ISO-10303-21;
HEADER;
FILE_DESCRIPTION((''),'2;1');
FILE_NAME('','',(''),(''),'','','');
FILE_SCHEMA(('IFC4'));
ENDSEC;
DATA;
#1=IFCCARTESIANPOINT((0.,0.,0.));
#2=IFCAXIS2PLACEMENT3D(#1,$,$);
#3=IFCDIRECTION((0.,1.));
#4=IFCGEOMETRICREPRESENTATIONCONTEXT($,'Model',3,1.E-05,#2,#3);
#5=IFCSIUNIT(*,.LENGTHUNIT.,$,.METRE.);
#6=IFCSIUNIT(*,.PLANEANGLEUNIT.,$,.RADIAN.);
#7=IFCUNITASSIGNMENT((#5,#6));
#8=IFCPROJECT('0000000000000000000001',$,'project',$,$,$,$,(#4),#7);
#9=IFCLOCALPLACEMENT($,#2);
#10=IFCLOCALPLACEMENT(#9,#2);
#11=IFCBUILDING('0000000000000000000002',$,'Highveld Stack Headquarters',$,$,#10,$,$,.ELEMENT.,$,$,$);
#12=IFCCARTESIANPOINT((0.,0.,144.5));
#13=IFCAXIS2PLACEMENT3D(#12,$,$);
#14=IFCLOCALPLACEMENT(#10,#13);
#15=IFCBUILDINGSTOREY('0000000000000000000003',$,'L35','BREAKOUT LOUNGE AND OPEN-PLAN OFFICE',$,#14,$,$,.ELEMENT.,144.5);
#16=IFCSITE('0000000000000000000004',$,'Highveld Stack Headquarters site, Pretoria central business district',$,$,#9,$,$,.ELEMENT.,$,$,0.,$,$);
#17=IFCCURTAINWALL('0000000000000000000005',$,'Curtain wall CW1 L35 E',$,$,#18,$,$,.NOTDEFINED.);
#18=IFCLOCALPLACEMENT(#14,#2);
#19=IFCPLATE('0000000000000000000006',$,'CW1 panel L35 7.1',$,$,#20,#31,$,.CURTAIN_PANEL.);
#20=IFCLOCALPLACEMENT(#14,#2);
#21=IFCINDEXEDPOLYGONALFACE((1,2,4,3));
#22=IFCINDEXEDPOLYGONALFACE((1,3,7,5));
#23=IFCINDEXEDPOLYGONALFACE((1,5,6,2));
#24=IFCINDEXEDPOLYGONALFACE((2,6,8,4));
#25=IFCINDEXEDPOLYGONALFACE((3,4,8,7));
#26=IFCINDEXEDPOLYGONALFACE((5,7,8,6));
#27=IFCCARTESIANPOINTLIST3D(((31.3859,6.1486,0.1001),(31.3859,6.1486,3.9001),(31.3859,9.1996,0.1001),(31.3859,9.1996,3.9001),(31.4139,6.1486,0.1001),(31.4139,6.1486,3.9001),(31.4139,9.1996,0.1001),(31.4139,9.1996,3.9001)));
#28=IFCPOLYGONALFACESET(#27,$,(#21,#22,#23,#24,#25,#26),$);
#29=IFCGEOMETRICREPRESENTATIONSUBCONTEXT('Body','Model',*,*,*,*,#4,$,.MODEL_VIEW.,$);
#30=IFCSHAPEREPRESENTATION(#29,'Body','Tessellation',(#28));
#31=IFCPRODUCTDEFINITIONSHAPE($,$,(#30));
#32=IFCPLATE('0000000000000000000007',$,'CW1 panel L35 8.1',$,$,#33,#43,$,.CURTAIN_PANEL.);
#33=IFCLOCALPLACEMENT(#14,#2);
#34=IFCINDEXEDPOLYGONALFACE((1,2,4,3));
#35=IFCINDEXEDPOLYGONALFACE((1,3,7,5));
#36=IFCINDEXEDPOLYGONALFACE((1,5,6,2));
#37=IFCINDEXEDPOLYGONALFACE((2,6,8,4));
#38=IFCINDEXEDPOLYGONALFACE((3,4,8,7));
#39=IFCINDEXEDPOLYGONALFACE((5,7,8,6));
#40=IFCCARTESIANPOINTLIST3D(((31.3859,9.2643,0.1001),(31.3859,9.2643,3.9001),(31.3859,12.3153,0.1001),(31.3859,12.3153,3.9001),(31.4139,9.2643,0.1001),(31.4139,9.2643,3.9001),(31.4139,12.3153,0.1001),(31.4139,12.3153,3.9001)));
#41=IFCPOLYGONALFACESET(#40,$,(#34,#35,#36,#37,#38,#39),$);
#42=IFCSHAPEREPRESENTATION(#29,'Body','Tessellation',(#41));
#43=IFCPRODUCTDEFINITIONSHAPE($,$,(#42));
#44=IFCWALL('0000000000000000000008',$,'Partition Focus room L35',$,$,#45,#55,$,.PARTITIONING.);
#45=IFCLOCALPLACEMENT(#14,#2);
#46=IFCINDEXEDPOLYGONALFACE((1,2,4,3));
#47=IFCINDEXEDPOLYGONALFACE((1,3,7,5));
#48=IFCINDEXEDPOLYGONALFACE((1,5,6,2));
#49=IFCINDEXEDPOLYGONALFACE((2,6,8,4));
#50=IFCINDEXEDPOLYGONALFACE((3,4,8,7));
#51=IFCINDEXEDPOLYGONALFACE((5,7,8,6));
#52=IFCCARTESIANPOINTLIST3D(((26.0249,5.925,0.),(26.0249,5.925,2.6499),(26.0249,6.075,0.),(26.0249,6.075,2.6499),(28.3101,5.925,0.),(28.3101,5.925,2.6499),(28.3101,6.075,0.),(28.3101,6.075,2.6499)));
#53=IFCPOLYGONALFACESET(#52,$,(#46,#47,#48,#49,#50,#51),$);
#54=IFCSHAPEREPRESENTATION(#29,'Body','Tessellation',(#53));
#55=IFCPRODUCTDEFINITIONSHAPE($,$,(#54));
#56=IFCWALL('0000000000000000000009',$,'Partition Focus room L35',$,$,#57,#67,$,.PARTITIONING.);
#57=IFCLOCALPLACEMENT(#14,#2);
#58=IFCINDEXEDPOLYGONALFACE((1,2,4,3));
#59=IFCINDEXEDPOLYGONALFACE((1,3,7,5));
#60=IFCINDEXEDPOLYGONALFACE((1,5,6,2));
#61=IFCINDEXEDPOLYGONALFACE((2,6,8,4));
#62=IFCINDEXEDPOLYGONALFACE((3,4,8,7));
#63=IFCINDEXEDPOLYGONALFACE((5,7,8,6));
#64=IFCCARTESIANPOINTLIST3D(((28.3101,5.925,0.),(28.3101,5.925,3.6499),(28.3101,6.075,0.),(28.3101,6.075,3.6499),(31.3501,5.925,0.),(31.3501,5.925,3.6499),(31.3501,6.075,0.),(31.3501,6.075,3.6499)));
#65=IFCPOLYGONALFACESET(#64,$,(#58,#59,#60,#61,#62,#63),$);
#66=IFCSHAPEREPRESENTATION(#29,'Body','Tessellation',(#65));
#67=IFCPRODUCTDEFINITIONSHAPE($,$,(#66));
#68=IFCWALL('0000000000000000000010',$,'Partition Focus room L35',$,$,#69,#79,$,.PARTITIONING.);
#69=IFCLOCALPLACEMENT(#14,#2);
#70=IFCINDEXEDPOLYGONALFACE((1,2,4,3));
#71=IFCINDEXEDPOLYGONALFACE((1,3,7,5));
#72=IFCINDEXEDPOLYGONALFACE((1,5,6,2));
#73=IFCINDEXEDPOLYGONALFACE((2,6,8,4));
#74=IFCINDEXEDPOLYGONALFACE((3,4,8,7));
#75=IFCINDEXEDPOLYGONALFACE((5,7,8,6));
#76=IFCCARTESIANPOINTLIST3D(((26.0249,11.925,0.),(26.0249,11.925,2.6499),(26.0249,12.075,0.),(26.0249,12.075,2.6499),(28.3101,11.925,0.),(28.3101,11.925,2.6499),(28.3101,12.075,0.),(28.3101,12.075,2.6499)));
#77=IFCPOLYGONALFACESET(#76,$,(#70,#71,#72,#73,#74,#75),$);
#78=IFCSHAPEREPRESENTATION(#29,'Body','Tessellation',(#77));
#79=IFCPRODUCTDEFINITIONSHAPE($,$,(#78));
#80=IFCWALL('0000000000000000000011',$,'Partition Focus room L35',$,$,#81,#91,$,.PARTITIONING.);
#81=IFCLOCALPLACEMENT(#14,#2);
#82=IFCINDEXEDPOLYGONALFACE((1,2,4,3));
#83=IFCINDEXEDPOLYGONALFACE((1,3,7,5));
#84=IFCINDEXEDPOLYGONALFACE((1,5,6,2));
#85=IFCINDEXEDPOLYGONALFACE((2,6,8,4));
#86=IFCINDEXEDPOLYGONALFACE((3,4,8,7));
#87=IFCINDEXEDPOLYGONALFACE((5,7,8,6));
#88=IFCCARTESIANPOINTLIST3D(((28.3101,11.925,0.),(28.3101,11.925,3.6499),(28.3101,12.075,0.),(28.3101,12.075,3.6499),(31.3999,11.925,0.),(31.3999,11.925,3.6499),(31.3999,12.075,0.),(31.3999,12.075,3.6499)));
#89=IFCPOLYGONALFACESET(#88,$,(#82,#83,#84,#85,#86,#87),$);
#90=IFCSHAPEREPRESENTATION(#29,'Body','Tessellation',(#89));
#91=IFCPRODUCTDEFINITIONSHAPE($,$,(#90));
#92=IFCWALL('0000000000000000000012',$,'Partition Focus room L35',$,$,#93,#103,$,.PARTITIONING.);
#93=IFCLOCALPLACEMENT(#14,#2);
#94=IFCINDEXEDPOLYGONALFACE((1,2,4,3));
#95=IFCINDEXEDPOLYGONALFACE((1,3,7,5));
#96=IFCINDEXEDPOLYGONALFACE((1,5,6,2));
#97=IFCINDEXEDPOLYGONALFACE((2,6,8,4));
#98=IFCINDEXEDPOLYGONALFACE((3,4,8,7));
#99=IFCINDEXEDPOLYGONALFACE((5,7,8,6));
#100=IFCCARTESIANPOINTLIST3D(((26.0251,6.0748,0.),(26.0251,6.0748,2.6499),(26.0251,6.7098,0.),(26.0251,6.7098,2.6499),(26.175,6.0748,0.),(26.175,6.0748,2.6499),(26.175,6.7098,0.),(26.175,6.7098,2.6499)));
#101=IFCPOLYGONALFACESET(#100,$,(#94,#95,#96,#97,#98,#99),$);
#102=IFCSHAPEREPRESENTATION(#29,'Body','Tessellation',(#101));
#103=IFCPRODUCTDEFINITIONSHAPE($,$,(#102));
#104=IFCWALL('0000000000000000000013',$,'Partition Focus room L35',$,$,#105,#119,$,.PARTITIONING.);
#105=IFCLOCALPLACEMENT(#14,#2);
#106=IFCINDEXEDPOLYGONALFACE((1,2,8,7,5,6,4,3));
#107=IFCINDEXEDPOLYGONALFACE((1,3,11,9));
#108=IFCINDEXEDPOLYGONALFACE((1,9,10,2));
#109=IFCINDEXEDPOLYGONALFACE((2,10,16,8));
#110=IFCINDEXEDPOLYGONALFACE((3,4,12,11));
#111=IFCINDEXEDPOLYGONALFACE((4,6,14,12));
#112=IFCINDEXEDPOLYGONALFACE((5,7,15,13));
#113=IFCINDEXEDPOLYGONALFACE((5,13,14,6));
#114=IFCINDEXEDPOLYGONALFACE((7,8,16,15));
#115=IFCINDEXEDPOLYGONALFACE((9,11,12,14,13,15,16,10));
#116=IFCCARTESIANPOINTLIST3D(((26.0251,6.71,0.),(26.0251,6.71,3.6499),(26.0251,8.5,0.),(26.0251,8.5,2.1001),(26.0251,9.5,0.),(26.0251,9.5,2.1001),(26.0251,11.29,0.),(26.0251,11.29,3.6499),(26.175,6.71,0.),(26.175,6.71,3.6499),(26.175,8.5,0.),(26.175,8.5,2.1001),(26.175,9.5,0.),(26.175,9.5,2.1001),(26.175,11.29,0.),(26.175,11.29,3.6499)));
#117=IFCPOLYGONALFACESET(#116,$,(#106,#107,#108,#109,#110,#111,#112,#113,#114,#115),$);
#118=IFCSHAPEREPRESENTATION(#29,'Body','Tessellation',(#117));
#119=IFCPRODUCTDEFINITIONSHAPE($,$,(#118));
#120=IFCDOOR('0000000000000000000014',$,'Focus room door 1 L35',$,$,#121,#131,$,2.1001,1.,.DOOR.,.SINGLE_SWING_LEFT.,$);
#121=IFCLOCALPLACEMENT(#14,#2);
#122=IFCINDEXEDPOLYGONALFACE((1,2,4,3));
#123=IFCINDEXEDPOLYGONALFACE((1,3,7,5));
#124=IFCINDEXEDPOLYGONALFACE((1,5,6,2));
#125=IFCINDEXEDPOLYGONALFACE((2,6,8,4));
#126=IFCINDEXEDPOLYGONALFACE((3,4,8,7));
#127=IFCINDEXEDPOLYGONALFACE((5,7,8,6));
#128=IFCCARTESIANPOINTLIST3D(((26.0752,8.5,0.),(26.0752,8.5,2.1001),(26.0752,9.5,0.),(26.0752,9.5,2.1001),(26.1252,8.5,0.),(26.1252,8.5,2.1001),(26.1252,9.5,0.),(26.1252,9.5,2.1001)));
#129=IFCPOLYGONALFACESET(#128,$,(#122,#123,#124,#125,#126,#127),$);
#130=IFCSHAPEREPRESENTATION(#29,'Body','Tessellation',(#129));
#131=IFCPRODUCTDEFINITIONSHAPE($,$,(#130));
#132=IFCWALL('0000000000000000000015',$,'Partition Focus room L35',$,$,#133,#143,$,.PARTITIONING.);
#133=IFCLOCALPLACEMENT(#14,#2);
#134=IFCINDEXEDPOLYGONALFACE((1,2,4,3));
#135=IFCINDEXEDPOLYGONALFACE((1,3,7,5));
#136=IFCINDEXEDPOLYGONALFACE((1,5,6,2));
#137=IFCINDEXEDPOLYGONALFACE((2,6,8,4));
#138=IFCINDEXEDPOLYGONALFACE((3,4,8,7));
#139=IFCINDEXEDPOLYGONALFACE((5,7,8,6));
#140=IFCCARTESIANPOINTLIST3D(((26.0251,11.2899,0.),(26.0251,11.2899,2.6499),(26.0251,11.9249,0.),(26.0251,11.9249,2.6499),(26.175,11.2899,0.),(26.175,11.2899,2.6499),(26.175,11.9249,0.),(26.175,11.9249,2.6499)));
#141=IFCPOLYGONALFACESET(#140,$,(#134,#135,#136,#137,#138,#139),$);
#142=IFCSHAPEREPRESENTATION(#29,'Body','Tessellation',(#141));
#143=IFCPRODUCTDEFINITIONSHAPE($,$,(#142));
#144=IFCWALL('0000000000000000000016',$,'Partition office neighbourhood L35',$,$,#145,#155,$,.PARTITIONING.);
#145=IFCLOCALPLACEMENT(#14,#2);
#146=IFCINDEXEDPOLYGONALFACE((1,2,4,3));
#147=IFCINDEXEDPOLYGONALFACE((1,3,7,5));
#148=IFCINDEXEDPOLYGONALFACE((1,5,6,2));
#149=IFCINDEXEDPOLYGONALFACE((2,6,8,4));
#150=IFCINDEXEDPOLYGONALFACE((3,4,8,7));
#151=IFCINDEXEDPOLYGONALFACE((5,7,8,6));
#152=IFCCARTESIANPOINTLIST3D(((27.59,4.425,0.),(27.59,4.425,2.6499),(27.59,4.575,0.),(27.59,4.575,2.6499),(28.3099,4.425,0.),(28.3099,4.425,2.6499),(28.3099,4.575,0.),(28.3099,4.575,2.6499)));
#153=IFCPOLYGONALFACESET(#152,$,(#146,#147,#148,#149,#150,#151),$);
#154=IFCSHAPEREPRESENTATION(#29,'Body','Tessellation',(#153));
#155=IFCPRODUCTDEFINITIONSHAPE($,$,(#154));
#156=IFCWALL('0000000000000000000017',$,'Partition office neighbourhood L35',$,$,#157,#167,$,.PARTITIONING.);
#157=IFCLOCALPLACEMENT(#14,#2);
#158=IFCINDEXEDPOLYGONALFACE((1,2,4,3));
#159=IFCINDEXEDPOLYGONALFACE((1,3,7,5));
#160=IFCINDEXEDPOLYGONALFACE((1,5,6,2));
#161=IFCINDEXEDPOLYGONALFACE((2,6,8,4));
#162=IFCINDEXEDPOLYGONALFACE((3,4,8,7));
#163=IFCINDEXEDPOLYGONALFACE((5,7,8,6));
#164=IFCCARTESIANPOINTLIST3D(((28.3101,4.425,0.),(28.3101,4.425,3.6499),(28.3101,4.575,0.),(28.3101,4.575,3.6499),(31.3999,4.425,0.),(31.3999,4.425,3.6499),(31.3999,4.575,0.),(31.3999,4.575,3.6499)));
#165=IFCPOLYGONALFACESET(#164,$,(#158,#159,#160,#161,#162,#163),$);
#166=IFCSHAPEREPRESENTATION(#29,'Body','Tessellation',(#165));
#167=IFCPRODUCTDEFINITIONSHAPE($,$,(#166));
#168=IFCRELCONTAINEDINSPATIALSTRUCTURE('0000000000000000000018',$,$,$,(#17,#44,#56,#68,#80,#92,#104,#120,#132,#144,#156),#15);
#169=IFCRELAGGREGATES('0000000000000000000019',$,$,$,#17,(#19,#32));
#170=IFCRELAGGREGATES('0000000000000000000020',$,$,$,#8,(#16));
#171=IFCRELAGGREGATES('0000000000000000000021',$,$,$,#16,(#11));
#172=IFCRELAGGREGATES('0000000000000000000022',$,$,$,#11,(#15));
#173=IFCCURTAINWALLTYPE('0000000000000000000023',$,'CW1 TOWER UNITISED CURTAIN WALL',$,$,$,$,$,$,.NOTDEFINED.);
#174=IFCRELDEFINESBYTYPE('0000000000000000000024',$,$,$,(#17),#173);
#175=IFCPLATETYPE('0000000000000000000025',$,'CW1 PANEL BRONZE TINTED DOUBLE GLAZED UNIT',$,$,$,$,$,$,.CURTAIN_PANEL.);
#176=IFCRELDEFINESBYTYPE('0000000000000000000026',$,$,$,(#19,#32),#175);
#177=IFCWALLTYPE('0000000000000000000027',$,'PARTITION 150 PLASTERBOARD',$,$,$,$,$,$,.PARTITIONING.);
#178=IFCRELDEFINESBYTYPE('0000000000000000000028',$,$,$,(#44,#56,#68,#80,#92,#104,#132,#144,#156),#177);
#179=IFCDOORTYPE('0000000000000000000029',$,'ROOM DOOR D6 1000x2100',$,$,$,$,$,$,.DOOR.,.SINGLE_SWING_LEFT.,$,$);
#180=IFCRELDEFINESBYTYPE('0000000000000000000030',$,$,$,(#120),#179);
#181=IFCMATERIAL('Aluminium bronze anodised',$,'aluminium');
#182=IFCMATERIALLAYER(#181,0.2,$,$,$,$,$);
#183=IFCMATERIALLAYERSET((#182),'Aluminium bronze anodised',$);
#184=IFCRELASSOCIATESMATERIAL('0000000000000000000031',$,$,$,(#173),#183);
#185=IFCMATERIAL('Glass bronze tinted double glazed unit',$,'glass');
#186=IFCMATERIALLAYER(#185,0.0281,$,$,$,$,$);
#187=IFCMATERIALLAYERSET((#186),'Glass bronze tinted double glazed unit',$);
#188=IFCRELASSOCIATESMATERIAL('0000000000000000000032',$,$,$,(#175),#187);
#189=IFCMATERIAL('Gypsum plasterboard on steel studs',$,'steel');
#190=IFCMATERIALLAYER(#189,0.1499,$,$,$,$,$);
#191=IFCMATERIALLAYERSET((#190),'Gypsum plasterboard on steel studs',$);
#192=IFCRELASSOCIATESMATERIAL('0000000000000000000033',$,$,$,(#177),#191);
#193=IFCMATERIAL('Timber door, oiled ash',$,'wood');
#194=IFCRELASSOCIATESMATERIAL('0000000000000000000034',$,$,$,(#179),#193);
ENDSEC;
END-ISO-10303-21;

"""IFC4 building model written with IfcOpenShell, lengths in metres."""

from ifc_helpers import new_model, si_unit, direction, frame, frame_2d, origin, origin_2d, place, context, subcontext, project, spatial, rectangle, extrude, material, layer, layer_set, type_object, element, fill, aggregate, save


model = new_model("IFC4")

# Units and contexts
model_context = context("Model", 3, precision=1e-05, world=origin(), true_north=direction((0.0, 1.0)))
body_context = subcontext(model_context, "Body", "Model", "MODEL_VIEW")
ifc_project = project(units=[si_unit("LENGTHUNIT", "METRE"), si_unit("PLANEANGLEUNIT", "RADIAN")], contexts=[model_context])

# Site, building, storey
site_placement = place(None, origin())
site = spatial("IfcSite", under=ifc_project, at=site_placement, Name="Highveld Stack Headquarters site, Pretoria central business district", CompositionType="ELEMENT", RefElevation=0.0)
building_placement = place(site_placement, origin())
building = spatial("IfcBuilding", under=site, at=building_placement, Name="Highveld Stack Headquarters", CompositionType="ELEMENT")
storey_placement = place(building_placement, frame((0.0, 0.0, 144.5)))
storey = spatial("IfcBuildingStorey", under=building, at=storey_placement, Name="L35", Description="BREAKOUT LOUNGE AND OPEN-PLAN OFFICE", CompositionType="ELEMENT", Elevation=144.5)

# Curtain wall
ifc_material_1 = material(Name="Aluminium bronze anodised", Category="aluminium")
ifc_layer_1 = layer(ifc_material_1, 0.2)
ifc_layer_set_1 = layer_set([ifc_layer_1], Name="Aluminium bronze anodised")
curtain_wall_type = type_object("IfcCurtainWallType", Name="CW1 TOWER UNITISED CURTAIN WALL", PredefinedType="NOTDEFINED", material=ifc_layer_set_1)
curtain_wall_placement = place(storey_placement, origin())
curtain_wall = element("IfcCurtainWall", 1, at=curtain_wall_placement, inside=storey, type_object=curtain_wall_type, Name="Curtain wall CW1 L35 E", PredefinedType="NOTDEFINED")

# Plates
ifc_material_2 = material(Name="Glass bronze tinted double glazed unit", Category="glass")
ifc_layer_2 = layer(ifc_material_2, 0.0281)
ifc_layer_set_2 = layer_set([ifc_layer_2], Name="Glass bronze tinted double glazed unit")
plate_type = type_object("IfcPlateType", Name="CW1 PANEL BRONZE TINTED DOUBLE GLAZED UNIT", PredefinedType="CURTAIN_PANEL", material=ifc_layer_set_2)
plate_1_placement = place(storey_placement, frame((31.3999, 7.6741, 0.1001), z_axis=(0.0, 0.0, 1.0), x_axis=(0.0, 1.0, 0.0)))
plate_1 = element("IfcPlate", 2, at=plate_1_placement, type_object=plate_type, Name="CW1 panel L35 7.1", PredefinedType="CURTAIN_PANEL", context=body_context, shape_type="SweptSolid", body=[
    extrude(rectangle(XDim=3.051, YDim=0.0281, at=origin_2d()), origin(), (0.0, 0.0, 1.0), 3.8),
])
plate_2_placement = place(storey_placement, frame((31.3999, 10.7898, 0.1001), z_axis=(0.0, 0.0, 1.0), x_axis=(0.0, 1.0, 0.0)))
plate_2 = element("IfcPlate", 3, at=plate_2_placement, type_object=plate_type, Name="CW1 panel L35 8.1", PredefinedType="CURTAIN_PANEL", context=body_context, shape_type="SweptSolid", body=[
    extrude(rectangle(XDim=3.051, YDim=0.0281, at=origin_2d()), origin(), (0.0, 0.0, 1.0), 3.8),
])
aggregate(curtain_wall, [plate_1, plate_2])

# Walls
ifc_material_3 = material(Name="Gypsum plasterboard on steel studs", Category="steel")
ifc_layer_3 = layer(ifc_material_3, 0.1499)
ifc_layer_set_3 = layer_set([ifc_layer_3], Name="Gypsum plasterboard on steel studs")
wall_type = type_object("IfcWallType", Name="PARTITION 150 PLASTERBOARD", PredefinedType="PARTITIONING", material=ifc_layer_set_3)
wall_1_placement = place(storey_placement, frame((26.0249, 6.0, 0.0), z_axis=(0.0, 0.0, 1.0), x_axis=(1.0, 0.0, 0.0)))
element("IfcWall", 4, at=wall_1_placement, inside=storey, type_object=wall_type, Name="Partition Focus room L35", PredefinedType="PARTITIONING", context=body_context, shape_type="SweptSolid", body=[
    extrude(rectangle(XDim=2.2852, YDim=0.1499, at=frame_2d((1.1426, 0.0))), origin(), (0.0, 0.0, 1.0), 2.6499),
])
wall_2_placement = place(storey_placement, frame((28.3101, 6.0, 0.0), z_axis=(0.0, 0.0, 1.0), x_axis=(1.0, 0.0, 0.0)))
element("IfcWall", 5, at=wall_2_placement, inside=storey, type_object=wall_type, Name="Partition Focus room L35", PredefinedType="PARTITIONING", context=body_context, shape_type="SweptSolid", body=[
    extrude(rectangle(XDim=3.04, YDim=0.1499, at=frame_2d((1.52, 0.0))), origin(), (0.0, 0.0, 1.0), 3.6499),
])
wall_3_placement = place(storey_placement, frame((26.0249, 12.0, 0.0), z_axis=(0.0, 0.0, 1.0), x_axis=(1.0, 0.0, 0.0)))
element("IfcWall", 6, at=wall_3_placement, inside=storey, type_object=wall_type, Name="Partition Focus room L35", PredefinedType="PARTITIONING", context=body_context, shape_type="SweptSolid", body=[
    extrude(rectangle(XDim=2.2852, YDim=0.1499, at=frame_2d((1.1426, 0.0))), origin(), (0.0, 0.0, 1.0), 2.6499),
])
wall_4_placement = place(storey_placement, frame((28.3101, 12.0, 0.0), z_axis=(0.0, 0.0, 1.0), x_axis=(1.0, 0.0, 0.0)))
element("IfcWall", 7, at=wall_4_placement, inside=storey, type_object=wall_type, Name="Partition Focus room L35", PredefinedType="PARTITIONING", context=body_context, shape_type="SweptSolid", body=[
    extrude(rectangle(XDim=3.0898, YDim=0.1499, at=frame_2d((1.5449, 0.0))), origin(), (0.0, 0.0, 1.0), 3.6499),
])
wall_5_placement = place(storey_placement, frame((26.1001, 6.075, 0.0), z_axis=(0.0, 0.0, 1.0), x_axis=(0.0, 1.0, 0.0)))
element("IfcWall", 8, at=wall_5_placement, inside=storey, type_object=wall_type, Name="Partition Focus room L35", PredefinedType="PARTITIONING", context=body_context, shape_type="SweptSolid", body=[
    extrude(rectangle(XDim=0.635, YDim=0.1499, at=frame_2d((0.3174, 0.0))), origin(), (0.0, 0.0, 1.0), 2.6499),
])

# Wall, opening, door
wall_6_placement = place(storey_placement, frame((26.1001, 6.71, 0.0), z_axis=(0.0, 0.0, 1.0), x_axis=(0.0, 1.0, 0.0)))
wall_6 = element("IfcWall", 9, at=wall_6_placement, inside=storey, type_object=wall_type, Name="Partition Focus room L35", PredefinedType="PARTITIONING", context=body_context, shape_type="SweptSolid", body=[
    extrude(rectangle(XDim=4.5801, YDim=0.1499, at=frame_2d((2.29, 0.0))), origin(), (0.0, 0.0, 1.0), 3.6499),
])
opening_placement = place(wall_6_placement, frame((1.79, 0.0, 0.0)))
opening = element("IfcOpeningElement", 10, at=opening_placement, cuts=wall_6, PredefinedType="OPENING", context=body_context, shape_type="SweptSolid", body=[
    extrude(rectangle(XDim=1.0, YDim=2.1001, at=frame_2d((0.5, 1.05))), frame((0.0, 0.085, 0.0), z_axis=(0.0, -1.0, 0.0), x_axis=(1.0, 0.0, 0.0)), (0.0, 0.0, 1.0), 0.1699),
])
ifc_material_4 = material(Name="Timber door, oiled ash", Category="wood")
door_type = type_object("IfcDoorType", Name="ROOM DOOR D6 1000x2100", OperationType="SINGLE_SWING_LEFT", PredefinedType="DOOR", material=ifc_material_4)
door_placement = place(opening_placement, origin())
door = element("IfcDoor", 11, at=door_placement, inside=storey, type_object=door_type, Name="Focus room door 1 L35", OperationType="SINGLE_SWING_LEFT", OverallHeight=2.1001, OverallWidth=1.0, PredefinedType="DOOR", context=body_context, shape_type="SweptSolid", body=[
    extrude(rectangle(XDim=1.0, YDim=2.1001, at=frame_2d((0.5, 1.05))), frame((0.0, 0.0249, 0.0), z_axis=(0.0, -1.0, 0.0), x_axis=(1.0, 0.0, 0.0)), (0.0, 0.0, 1.0), 0.05),
])
fill(opening, door)

# Walls
wall_7_placement = place(storey_placement, frame((26.1001, 11.29, 0.0), z_axis=(0.0, 0.0, 1.0), x_axis=(0.0, 1.0, 0.0)))
element("IfcWall", 12, at=wall_7_placement, inside=storey, type_object=wall_type, Name="Partition Focus room L35", PredefinedType="PARTITIONING", context=body_context, shape_type="SweptSolid", body=[
    extrude(rectangle(XDim=0.635, YDim=0.1499, at=frame_2d((0.3174, 0.0))), origin(), (0.0, 0.0, 1.0), 2.6499),
])
wall_8_placement = place(storey_placement, frame((27.5901, 4.5, 0.0), z_axis=(0.0, 0.0, 1.0), x_axis=(1.0, 0.0, 0.0)))
element("IfcWall", 13, at=wall_8_placement, inside=storey, type_object=wall_type, Name="Partition office neighbourhood L35", PredefinedType="PARTITIONING", context=body_context, shape_type="SweptSolid", body=[
    extrude(rectangle(XDim=0.72, YDim=0.1499, at=frame_2d((0.3599, 0.0))), origin(), (0.0, 0.0, 1.0), 2.6499),
])
wall_9_placement = place(storey_placement, frame((28.3101, 4.5, 0.0), z_axis=(0.0, 0.0, 1.0), x_axis=(1.0, 0.0, 0.0)))
element("IfcWall", 14, at=wall_9_placement, inside=storey, type_object=wall_type, Name="Partition office neighbourhood L35", PredefinedType="PARTITIONING", context=body_context, shape_type="SweptSolid", body=[
    extrude(rectangle(XDim=3.0898, YDim=0.1499, at=frame_2d((1.5449, 0.0))), origin(), (0.0, 0.0, 1.0), 3.6499),
])

save(model, "model.ifc")
